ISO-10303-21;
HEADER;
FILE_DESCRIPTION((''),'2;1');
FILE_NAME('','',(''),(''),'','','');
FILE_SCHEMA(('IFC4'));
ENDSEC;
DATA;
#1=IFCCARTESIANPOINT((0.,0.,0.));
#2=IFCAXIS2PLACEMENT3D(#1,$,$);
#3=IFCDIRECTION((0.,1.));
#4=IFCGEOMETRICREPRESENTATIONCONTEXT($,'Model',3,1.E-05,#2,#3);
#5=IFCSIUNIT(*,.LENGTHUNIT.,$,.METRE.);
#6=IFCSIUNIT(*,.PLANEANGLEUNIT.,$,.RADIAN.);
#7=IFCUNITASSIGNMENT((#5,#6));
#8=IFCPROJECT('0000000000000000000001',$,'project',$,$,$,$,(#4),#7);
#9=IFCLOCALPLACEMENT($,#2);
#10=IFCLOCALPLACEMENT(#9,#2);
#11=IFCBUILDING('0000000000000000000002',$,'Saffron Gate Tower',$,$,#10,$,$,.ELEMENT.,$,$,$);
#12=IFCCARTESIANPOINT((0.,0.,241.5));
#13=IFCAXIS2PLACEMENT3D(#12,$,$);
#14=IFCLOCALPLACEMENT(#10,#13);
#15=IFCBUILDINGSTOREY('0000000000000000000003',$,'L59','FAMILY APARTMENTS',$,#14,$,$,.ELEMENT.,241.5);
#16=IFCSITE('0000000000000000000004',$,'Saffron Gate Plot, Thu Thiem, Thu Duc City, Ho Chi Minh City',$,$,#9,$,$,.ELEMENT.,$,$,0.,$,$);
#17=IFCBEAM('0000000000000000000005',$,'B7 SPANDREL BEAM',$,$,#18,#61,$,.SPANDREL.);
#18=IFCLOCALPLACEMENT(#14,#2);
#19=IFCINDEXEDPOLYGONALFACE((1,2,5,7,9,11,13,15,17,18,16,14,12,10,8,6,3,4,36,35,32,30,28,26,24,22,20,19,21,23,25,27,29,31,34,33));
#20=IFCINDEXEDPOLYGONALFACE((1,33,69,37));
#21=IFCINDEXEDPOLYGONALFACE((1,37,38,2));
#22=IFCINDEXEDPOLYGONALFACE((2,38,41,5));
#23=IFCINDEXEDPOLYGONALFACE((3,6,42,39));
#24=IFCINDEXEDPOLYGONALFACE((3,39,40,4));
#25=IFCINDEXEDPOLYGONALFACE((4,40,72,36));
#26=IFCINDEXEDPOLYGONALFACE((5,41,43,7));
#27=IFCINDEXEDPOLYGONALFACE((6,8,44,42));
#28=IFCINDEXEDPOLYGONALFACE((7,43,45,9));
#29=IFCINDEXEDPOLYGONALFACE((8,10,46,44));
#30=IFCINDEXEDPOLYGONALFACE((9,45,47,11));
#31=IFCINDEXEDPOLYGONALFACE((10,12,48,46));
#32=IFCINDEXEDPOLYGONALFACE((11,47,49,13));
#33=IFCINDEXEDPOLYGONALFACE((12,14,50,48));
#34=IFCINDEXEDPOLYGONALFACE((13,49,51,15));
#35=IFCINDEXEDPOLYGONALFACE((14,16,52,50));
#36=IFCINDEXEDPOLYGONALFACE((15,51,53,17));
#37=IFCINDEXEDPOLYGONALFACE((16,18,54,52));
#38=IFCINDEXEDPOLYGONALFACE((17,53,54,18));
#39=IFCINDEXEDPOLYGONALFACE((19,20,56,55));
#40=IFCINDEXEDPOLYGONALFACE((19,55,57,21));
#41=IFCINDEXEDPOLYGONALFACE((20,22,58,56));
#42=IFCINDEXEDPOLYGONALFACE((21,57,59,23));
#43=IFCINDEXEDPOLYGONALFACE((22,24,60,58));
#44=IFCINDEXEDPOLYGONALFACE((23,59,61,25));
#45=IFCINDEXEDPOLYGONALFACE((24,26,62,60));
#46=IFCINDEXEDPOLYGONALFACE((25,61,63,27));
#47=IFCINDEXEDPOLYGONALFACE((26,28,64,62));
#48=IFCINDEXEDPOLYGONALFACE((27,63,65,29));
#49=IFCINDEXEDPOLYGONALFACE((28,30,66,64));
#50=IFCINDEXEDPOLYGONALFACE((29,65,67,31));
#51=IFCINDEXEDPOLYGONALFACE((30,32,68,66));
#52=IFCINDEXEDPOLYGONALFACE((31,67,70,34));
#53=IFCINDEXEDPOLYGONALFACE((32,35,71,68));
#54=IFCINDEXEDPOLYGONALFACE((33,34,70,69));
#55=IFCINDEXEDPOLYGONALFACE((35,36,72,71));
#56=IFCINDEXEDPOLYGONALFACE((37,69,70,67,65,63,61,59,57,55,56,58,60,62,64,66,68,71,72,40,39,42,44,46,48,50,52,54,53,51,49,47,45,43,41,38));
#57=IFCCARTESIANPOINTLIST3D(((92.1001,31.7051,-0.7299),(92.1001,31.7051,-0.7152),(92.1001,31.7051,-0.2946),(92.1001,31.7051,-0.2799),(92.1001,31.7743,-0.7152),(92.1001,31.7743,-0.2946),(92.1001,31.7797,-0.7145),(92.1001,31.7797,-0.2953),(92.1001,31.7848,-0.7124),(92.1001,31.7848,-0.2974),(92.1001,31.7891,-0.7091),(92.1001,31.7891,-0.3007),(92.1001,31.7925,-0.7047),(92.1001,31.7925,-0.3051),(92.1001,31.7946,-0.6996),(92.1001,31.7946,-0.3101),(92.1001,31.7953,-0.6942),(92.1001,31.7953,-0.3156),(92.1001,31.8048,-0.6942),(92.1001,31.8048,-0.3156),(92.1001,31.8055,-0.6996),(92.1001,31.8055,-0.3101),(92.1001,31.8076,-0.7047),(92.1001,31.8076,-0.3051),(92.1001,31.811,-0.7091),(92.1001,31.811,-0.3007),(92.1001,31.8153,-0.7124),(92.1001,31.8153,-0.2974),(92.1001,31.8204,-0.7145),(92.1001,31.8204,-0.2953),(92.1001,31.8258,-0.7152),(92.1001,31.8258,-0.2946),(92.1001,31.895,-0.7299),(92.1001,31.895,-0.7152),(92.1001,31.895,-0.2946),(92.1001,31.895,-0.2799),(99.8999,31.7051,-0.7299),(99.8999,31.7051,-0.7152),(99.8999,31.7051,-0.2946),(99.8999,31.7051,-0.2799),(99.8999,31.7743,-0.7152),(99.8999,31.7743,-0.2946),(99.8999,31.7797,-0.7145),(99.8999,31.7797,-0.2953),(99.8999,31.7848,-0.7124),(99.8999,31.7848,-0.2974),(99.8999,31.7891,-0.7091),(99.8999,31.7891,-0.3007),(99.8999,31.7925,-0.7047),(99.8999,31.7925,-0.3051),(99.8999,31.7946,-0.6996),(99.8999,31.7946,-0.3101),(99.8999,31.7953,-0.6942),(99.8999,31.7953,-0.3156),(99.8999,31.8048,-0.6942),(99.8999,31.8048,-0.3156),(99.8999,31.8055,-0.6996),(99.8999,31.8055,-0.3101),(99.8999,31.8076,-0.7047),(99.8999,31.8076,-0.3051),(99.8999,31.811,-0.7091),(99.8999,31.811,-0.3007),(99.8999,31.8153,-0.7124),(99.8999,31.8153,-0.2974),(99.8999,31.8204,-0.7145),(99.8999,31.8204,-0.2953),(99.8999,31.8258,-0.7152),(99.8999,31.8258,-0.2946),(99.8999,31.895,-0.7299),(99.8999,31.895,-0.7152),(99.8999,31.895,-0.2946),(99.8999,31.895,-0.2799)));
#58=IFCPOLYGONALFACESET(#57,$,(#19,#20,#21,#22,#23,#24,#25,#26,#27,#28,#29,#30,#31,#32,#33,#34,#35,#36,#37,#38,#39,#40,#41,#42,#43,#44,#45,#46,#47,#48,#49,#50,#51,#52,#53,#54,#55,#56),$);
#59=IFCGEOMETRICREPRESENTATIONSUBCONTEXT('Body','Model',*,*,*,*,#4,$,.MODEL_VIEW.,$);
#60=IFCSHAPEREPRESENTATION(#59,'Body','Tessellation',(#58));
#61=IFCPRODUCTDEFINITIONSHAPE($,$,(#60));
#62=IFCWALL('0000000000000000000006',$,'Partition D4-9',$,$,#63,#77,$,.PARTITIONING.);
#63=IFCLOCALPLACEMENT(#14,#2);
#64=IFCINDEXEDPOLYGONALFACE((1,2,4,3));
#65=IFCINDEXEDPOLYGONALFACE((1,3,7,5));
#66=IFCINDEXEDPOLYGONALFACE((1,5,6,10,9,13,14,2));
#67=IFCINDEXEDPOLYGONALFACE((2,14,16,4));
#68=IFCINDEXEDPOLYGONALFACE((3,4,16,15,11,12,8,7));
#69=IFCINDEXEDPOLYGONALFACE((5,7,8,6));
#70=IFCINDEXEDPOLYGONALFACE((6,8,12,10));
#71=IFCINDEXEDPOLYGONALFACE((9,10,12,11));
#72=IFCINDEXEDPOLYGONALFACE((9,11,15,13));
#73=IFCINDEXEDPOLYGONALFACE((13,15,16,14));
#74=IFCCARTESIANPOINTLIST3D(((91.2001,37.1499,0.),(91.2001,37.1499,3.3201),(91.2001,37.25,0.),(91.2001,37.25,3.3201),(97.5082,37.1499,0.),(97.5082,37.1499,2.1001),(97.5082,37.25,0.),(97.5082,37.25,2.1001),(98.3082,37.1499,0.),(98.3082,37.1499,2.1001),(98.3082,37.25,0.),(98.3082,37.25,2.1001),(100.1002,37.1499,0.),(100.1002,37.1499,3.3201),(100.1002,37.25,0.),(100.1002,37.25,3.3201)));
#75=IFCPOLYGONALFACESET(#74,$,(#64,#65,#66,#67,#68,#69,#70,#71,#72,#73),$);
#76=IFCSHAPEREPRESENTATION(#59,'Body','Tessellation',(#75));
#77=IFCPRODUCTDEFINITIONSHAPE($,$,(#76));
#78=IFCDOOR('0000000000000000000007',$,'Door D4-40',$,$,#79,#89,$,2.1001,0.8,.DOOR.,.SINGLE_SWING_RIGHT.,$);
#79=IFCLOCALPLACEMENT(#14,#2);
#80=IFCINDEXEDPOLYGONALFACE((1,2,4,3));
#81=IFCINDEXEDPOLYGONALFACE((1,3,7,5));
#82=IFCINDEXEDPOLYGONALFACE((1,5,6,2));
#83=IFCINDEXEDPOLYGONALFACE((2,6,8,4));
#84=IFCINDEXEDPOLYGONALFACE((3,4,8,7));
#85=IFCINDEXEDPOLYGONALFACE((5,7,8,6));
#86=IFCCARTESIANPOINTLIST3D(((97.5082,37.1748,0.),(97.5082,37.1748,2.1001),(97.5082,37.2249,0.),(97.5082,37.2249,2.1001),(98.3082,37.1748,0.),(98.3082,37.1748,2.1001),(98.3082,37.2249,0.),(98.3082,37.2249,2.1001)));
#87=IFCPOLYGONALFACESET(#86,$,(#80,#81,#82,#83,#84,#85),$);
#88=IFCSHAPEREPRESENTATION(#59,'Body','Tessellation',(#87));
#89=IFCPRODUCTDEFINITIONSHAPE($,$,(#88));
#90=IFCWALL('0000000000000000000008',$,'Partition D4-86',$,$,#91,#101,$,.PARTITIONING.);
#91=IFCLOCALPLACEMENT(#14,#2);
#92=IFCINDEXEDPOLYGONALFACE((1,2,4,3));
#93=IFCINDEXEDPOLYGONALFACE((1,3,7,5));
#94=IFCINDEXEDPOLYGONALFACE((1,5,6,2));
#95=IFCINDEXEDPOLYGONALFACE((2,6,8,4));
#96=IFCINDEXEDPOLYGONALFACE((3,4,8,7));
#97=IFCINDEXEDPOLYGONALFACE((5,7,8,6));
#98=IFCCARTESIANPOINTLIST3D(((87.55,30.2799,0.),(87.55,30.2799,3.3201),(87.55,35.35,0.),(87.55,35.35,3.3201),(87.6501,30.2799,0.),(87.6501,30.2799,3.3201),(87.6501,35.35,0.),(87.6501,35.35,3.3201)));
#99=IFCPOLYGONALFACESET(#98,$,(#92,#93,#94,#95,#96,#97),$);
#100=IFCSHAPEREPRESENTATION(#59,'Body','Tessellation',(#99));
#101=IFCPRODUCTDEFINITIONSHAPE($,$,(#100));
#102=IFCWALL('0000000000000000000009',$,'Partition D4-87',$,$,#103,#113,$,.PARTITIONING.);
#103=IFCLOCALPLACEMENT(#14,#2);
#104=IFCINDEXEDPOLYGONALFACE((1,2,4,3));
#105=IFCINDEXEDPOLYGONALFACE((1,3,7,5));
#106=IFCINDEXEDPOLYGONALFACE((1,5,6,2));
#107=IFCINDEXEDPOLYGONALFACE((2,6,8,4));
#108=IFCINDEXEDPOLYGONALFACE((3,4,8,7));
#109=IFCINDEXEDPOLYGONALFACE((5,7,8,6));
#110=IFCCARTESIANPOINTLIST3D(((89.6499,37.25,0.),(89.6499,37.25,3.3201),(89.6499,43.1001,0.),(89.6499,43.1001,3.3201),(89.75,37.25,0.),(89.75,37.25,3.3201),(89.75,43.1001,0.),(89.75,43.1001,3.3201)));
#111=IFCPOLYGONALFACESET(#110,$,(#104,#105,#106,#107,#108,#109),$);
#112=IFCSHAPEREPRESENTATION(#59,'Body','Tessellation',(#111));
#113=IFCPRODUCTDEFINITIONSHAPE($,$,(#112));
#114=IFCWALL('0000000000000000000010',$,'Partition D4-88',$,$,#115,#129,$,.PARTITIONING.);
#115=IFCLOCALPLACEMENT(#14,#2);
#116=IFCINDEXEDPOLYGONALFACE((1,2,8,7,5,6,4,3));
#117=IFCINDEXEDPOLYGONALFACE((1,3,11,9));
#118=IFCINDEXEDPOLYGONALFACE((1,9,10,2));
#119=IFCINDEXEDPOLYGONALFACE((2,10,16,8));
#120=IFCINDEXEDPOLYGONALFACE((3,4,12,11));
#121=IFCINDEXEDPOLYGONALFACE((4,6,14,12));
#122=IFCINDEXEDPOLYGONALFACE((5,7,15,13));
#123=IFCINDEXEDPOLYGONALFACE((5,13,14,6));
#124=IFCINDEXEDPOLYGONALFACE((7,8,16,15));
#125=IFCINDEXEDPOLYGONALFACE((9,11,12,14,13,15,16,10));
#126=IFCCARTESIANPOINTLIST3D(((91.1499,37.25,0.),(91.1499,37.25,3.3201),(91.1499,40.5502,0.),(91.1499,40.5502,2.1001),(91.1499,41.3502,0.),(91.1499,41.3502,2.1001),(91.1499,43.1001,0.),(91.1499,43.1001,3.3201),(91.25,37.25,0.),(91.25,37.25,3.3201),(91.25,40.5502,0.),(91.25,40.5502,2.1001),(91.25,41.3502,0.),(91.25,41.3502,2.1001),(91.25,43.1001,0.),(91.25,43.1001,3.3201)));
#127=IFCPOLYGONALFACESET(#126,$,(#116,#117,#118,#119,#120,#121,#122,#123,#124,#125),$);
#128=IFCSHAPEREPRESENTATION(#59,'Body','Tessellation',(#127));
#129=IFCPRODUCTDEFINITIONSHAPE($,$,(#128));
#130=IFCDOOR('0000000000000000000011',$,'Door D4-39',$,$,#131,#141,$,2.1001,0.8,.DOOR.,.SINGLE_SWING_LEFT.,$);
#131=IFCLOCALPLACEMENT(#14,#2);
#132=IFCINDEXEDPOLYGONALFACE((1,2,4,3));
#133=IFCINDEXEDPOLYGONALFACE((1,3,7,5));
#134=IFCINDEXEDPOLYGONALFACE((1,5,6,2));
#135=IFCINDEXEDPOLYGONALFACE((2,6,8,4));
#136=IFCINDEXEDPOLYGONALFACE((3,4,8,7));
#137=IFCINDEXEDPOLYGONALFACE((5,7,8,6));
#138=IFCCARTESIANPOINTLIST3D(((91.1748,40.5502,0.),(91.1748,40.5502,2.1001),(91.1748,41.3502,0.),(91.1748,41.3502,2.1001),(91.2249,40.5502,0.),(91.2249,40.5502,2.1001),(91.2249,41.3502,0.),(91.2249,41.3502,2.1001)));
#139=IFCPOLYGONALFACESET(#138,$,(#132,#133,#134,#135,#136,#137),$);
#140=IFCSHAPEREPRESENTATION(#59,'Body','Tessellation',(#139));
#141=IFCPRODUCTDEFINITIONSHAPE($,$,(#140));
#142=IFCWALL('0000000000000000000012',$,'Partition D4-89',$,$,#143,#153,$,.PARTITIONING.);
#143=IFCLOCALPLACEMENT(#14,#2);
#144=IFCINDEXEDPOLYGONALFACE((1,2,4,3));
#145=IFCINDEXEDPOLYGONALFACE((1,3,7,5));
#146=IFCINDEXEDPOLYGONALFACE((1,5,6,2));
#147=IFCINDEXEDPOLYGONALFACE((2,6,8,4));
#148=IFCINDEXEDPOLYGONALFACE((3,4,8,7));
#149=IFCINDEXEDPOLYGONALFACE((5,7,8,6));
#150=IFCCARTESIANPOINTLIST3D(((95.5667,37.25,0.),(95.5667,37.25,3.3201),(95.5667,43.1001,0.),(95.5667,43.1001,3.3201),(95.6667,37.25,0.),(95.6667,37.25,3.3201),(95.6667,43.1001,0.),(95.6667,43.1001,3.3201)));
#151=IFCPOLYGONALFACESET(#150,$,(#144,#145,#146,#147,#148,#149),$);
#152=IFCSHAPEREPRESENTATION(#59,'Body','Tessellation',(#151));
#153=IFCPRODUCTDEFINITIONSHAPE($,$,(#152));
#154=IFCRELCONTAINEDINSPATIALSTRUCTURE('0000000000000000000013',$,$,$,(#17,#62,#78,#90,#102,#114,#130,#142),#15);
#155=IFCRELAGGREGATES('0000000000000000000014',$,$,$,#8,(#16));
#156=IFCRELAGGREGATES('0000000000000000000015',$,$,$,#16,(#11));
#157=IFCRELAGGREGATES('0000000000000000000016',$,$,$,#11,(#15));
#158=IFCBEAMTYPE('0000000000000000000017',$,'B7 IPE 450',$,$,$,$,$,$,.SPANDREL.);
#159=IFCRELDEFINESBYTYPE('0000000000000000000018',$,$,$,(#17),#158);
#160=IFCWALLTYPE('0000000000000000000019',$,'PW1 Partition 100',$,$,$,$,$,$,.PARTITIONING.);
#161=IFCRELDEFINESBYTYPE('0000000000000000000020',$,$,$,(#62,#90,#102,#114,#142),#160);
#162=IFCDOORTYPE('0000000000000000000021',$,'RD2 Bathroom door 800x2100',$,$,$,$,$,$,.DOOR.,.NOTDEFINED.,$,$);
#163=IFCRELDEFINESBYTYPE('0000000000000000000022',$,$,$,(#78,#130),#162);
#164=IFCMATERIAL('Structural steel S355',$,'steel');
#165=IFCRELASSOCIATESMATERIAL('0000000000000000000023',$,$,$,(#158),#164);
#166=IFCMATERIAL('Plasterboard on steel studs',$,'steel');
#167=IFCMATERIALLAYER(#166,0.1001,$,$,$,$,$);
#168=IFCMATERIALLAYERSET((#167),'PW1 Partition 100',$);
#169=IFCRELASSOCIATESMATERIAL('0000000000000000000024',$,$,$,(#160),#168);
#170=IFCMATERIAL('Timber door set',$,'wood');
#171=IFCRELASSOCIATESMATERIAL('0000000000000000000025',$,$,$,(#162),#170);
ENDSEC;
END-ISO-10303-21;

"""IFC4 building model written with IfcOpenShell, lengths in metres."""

from ifc_helpers import new_model, si_unit, direction, frame, frame_2d, origin, origin_2d, place, context, subcontext, project, spatial, rectangle, i_section, extrude, material, layer, layer_set, material_profile, profile_set, type_object, element, fill, save


model = new_model("IFC4")

# Units and contexts
model_context = context("Model", 3, precision=1e-05, world=origin(), true_north=direction((0.0, 1.0)))
body_context = subcontext(model_context, "Body", "Model", "MODEL_VIEW")
ifc_project = project(units=[si_unit("LENGTHUNIT", "METRE"), si_unit("PLANEANGLEUNIT", "RADIAN")], contexts=[model_context])

# Site, building, storey
site_placement = place(None, origin())
site = spatial("IfcSite", under=ifc_project, at=site_placement, Name="Saffron Gate Plot, Thu Thiem, Thu Duc City, Ho Chi Minh City", CompositionType="ELEMENT", RefElevation=0.0)
building_placement = place(site_placement, origin())
building = spatial("IfcBuilding", under=site, at=building_placement, Name="Saffron Gate Tower", CompositionType="ELEMENT")
storey_placement = place(building_placement, frame((0.0, 0.0, 241.5)))
storey = spatial("IfcBuildingStorey", under=building, at=storey_placement, Name="L59", Description="FAMILY APARTMENTS", CompositionType="ELEMENT", Elevation=241.5)

# Beam
ifc_material_1 = material(Name="Structural steel S355", Category="steel")
ifc_material_profile_1 = material_profile(ifc_material_1, i_section(OverallWidth=0.1899, OverallDepth=0.45, WebThickness=0.0095, FlangeThickness=0.0146, FilletRadius=0.021, at=origin_2d()))
ifc_profile_set_1 = profile_set([ifc_material_profile_1], Name="Structural steel S355")
beam_type_1 = type_object("IfcBeamType", Name="B7 IPE 450", PredefinedType="SPANDREL", material=ifc_profile_set_1)
beam_1_placement = place(storey_placement, frame((92.1001, 31.8, -0.5049), z_axis=(1.0, 0.0, 0.0), x_axis=(0.0, 1.0, 0.0)))
element("IfcBeam", 1, at=beam_1_placement, inside=storey, type_object=beam_type_1, Name="B7 SPANDREL BEAM", PredefinedType="SPANDREL", context=body_context, shape_type="SweptSolid", body=[
    extrude(i_section(OverallWidth=0.1899, OverallDepth=0.45, WebThickness=0.0095, FlangeThickness=0.0146, FilletRadius=0.021, at=origin_2d()), origin(), (0.0, 0.0, 1.0), 7.7998),
])

# Wall, opening, door
ifc_material_2 = material(Name="Plasterboard on steel studs", Category="steel")
ifc_layer = layer(ifc_material_2, 0.1001)
ifc_layer_set = layer_set([ifc_layer], Name="PW1 Partition 100")
wall_type = type_object("IfcWallType", Name="PW1 Partition 100", PredefinedType="PARTITIONING", material=ifc_layer_set)
wall_1_placement = place(storey_placement, frame((91.2, 37.2, 0.0), z_axis=(0.0, 0.0, 1.0), x_axis=(1.0, 0.0, 0.0)))
wall_1 = element("IfcWall", 2, at=wall_1_placement, inside=storey, type_object=wall_type, Name="Partition D4-9", PredefinedType="PARTITIONING", context=body_context, shape_type="SweptSolid", body=[
    extrude(rectangle(XDim=8.9001, YDim=0.1001, at=frame_2d((4.4502, 0.0))), origin(), (0.0, 0.0, 1.0), 3.3201),
])
opening_1_placement = place(wall_1_placement, frame((6.3083, 0.0, 0.0)))
opening_1 = element("IfcOpeningElement", 3, at=opening_1_placement, cuts=wall_1, PredefinedType="OPENING", context=body_context, shape_type="SweptSolid", body=[
    extrude(rectangle(XDim=0.8, YDim=2.1001, at=frame_2d((0.3999, 1.05))), frame((0.0, 0.0601, 0.0), z_axis=(0.0, -1.0, 0.0), x_axis=(1.0, 0.0, 0.0)), (0.0, 0.0, 1.0), 0.1201),
])
ifc_material_3 = material(Name="Timber door set", Category="wood")
door_type = type_object("IfcDoorType", Name="RD2 Bathroom door 800x2100", OperationType="NOTDEFINED", PredefinedType="DOOR", material=ifc_material_3)
door_1_placement = place(opening_1_placement, origin())
door_1 = element("IfcDoor", 4, at=door_1_placement, inside=storey, type_object=door_type, Name="Door D4-40", OperationType="SINGLE_SWING_RIGHT", OverallHeight=2.1001, OverallWidth=0.8, PredefinedType="DOOR", context=body_context, shape_type="SweptSolid", body=[
    extrude(rectangle(XDim=0.8, YDim=2.1001, at=frame_2d((0.3999, 1.05))), frame((0.0, 0.0249, 0.0), z_axis=(0.0, -1.0, 0.0), x_axis=(1.0, 0.0, 0.0)), (0.0, 0.0, 1.0), 0.05),
])
fill(opening_1, door_1)

# Walls
wall_2_placement = place(storey_placement, frame((87.6001, 35.3501, 0.0), z_axis=(0.0, 0.0, 1.0), x_axis=(0.0, -1.0, 0.0)))
element("IfcWall", 5, at=wall_2_placement, inside=storey, type_object=wall_type, Name="Partition D4-86", PredefinedType="PARTITIONING", context=body_context, shape_type="SweptSolid", body=[
    extrude(rectangle(XDim=5.0701, YDim=0.1001, at=frame_2d((2.5352, 0.0))), origin(), (0.0, 0.0, 1.0), 3.3201),
])
wall_3_placement = place(storey_placement, frame((89.7, 43.1001, 0.0), z_axis=(0.0, 0.0, 1.0), x_axis=(0.0, -1.0, 0.0)))
element("IfcWall", 6, at=wall_3_placement, inside=storey, type_object=wall_type, Name="Partition D4-87", PredefinedType="PARTITIONING", context=body_context, shape_type="SweptSolid", body=[
    extrude(rectangle(XDim=5.8501, YDim=0.1001, at=frame_2d((2.925, 0.0))), origin(), (0.0, 0.0, 1.0), 3.3201),
])

# Wall, opening, door
wall_4_placement = place(storey_placement, frame((91.2, 43.1001, 0.0), z_axis=(0.0, 0.0, 1.0), x_axis=(0.0, -1.0, 0.0)))
wall_4 = element("IfcWall", 7, at=wall_4_placement, inside=storey, type_object=wall_type, Name="Partition D4-88", PredefinedType="PARTITIONING", context=body_context, shape_type="SweptSolid", body=[
    extrude(rectangle(XDim=5.8501, YDim=0.1001, at=frame_2d((2.925, 0.0))), origin(), (0.0, 0.0, 1.0), 3.3201),
])
opening_2_placement = place(wall_4_placement, frame((1.75, 0.0, 0.0)))
opening_2 = element("IfcOpeningElement", 8, at=opening_2_placement, cuts=wall_4, PredefinedType="OPENING", context=body_context, shape_type="SweptSolid", body=[
    extrude(rectangle(XDim=0.8, YDim=2.1001, at=frame_2d((0.3999, 1.05))), frame((0.0, 0.0601, 0.0), z_axis=(0.0, -1.0, 0.0), x_axis=(1.0, 0.0, 0.0)), (0.0, 0.0, 1.0), 0.1201),
])
door_2_placement = place(opening_2_placement, origin())
door_2 = element("IfcDoor", 9, at=door_2_placement, inside=storey, type_object=door_type, Name="Door D4-39", OperationType="SINGLE_SWING_LEFT", OverallHeight=2.1001, OverallWidth=0.8, PredefinedType="DOOR", context=body_context, shape_type="SweptSolid", body=[
    extrude(rectangle(XDim=0.8, YDim=2.1001, at=frame_2d((0.3999, 1.05))), frame((0.0, 0.0249, 0.0), z_axis=(0.0, -1.0, 0.0), x_axis=(1.0, 0.0, 0.0)), (0.0, 0.0, 1.0), 0.05),
])
fill(opening_2, door_2)

# Wall
wall_5_placement = place(storey_placement, frame((95.6167, 43.1001, 0.0), z_axis=(0.0, 0.0, 1.0), x_axis=(0.0, -1.0, 0.0)))
element("IfcWall", 10, at=wall_5_placement, inside=storey, type_object=wall_type, Name="Partition D4-89", PredefinedType="PARTITIONING", context=body_context, shape_type="SweptSolid", body=[
    extrude(rectangle(XDim=5.8501, YDim=0.1001, at=frame_2d((2.925, 0.0))), origin(), (0.0, 0.0, 1.0), 3.3201),
])

save(model, "model.ifc")
